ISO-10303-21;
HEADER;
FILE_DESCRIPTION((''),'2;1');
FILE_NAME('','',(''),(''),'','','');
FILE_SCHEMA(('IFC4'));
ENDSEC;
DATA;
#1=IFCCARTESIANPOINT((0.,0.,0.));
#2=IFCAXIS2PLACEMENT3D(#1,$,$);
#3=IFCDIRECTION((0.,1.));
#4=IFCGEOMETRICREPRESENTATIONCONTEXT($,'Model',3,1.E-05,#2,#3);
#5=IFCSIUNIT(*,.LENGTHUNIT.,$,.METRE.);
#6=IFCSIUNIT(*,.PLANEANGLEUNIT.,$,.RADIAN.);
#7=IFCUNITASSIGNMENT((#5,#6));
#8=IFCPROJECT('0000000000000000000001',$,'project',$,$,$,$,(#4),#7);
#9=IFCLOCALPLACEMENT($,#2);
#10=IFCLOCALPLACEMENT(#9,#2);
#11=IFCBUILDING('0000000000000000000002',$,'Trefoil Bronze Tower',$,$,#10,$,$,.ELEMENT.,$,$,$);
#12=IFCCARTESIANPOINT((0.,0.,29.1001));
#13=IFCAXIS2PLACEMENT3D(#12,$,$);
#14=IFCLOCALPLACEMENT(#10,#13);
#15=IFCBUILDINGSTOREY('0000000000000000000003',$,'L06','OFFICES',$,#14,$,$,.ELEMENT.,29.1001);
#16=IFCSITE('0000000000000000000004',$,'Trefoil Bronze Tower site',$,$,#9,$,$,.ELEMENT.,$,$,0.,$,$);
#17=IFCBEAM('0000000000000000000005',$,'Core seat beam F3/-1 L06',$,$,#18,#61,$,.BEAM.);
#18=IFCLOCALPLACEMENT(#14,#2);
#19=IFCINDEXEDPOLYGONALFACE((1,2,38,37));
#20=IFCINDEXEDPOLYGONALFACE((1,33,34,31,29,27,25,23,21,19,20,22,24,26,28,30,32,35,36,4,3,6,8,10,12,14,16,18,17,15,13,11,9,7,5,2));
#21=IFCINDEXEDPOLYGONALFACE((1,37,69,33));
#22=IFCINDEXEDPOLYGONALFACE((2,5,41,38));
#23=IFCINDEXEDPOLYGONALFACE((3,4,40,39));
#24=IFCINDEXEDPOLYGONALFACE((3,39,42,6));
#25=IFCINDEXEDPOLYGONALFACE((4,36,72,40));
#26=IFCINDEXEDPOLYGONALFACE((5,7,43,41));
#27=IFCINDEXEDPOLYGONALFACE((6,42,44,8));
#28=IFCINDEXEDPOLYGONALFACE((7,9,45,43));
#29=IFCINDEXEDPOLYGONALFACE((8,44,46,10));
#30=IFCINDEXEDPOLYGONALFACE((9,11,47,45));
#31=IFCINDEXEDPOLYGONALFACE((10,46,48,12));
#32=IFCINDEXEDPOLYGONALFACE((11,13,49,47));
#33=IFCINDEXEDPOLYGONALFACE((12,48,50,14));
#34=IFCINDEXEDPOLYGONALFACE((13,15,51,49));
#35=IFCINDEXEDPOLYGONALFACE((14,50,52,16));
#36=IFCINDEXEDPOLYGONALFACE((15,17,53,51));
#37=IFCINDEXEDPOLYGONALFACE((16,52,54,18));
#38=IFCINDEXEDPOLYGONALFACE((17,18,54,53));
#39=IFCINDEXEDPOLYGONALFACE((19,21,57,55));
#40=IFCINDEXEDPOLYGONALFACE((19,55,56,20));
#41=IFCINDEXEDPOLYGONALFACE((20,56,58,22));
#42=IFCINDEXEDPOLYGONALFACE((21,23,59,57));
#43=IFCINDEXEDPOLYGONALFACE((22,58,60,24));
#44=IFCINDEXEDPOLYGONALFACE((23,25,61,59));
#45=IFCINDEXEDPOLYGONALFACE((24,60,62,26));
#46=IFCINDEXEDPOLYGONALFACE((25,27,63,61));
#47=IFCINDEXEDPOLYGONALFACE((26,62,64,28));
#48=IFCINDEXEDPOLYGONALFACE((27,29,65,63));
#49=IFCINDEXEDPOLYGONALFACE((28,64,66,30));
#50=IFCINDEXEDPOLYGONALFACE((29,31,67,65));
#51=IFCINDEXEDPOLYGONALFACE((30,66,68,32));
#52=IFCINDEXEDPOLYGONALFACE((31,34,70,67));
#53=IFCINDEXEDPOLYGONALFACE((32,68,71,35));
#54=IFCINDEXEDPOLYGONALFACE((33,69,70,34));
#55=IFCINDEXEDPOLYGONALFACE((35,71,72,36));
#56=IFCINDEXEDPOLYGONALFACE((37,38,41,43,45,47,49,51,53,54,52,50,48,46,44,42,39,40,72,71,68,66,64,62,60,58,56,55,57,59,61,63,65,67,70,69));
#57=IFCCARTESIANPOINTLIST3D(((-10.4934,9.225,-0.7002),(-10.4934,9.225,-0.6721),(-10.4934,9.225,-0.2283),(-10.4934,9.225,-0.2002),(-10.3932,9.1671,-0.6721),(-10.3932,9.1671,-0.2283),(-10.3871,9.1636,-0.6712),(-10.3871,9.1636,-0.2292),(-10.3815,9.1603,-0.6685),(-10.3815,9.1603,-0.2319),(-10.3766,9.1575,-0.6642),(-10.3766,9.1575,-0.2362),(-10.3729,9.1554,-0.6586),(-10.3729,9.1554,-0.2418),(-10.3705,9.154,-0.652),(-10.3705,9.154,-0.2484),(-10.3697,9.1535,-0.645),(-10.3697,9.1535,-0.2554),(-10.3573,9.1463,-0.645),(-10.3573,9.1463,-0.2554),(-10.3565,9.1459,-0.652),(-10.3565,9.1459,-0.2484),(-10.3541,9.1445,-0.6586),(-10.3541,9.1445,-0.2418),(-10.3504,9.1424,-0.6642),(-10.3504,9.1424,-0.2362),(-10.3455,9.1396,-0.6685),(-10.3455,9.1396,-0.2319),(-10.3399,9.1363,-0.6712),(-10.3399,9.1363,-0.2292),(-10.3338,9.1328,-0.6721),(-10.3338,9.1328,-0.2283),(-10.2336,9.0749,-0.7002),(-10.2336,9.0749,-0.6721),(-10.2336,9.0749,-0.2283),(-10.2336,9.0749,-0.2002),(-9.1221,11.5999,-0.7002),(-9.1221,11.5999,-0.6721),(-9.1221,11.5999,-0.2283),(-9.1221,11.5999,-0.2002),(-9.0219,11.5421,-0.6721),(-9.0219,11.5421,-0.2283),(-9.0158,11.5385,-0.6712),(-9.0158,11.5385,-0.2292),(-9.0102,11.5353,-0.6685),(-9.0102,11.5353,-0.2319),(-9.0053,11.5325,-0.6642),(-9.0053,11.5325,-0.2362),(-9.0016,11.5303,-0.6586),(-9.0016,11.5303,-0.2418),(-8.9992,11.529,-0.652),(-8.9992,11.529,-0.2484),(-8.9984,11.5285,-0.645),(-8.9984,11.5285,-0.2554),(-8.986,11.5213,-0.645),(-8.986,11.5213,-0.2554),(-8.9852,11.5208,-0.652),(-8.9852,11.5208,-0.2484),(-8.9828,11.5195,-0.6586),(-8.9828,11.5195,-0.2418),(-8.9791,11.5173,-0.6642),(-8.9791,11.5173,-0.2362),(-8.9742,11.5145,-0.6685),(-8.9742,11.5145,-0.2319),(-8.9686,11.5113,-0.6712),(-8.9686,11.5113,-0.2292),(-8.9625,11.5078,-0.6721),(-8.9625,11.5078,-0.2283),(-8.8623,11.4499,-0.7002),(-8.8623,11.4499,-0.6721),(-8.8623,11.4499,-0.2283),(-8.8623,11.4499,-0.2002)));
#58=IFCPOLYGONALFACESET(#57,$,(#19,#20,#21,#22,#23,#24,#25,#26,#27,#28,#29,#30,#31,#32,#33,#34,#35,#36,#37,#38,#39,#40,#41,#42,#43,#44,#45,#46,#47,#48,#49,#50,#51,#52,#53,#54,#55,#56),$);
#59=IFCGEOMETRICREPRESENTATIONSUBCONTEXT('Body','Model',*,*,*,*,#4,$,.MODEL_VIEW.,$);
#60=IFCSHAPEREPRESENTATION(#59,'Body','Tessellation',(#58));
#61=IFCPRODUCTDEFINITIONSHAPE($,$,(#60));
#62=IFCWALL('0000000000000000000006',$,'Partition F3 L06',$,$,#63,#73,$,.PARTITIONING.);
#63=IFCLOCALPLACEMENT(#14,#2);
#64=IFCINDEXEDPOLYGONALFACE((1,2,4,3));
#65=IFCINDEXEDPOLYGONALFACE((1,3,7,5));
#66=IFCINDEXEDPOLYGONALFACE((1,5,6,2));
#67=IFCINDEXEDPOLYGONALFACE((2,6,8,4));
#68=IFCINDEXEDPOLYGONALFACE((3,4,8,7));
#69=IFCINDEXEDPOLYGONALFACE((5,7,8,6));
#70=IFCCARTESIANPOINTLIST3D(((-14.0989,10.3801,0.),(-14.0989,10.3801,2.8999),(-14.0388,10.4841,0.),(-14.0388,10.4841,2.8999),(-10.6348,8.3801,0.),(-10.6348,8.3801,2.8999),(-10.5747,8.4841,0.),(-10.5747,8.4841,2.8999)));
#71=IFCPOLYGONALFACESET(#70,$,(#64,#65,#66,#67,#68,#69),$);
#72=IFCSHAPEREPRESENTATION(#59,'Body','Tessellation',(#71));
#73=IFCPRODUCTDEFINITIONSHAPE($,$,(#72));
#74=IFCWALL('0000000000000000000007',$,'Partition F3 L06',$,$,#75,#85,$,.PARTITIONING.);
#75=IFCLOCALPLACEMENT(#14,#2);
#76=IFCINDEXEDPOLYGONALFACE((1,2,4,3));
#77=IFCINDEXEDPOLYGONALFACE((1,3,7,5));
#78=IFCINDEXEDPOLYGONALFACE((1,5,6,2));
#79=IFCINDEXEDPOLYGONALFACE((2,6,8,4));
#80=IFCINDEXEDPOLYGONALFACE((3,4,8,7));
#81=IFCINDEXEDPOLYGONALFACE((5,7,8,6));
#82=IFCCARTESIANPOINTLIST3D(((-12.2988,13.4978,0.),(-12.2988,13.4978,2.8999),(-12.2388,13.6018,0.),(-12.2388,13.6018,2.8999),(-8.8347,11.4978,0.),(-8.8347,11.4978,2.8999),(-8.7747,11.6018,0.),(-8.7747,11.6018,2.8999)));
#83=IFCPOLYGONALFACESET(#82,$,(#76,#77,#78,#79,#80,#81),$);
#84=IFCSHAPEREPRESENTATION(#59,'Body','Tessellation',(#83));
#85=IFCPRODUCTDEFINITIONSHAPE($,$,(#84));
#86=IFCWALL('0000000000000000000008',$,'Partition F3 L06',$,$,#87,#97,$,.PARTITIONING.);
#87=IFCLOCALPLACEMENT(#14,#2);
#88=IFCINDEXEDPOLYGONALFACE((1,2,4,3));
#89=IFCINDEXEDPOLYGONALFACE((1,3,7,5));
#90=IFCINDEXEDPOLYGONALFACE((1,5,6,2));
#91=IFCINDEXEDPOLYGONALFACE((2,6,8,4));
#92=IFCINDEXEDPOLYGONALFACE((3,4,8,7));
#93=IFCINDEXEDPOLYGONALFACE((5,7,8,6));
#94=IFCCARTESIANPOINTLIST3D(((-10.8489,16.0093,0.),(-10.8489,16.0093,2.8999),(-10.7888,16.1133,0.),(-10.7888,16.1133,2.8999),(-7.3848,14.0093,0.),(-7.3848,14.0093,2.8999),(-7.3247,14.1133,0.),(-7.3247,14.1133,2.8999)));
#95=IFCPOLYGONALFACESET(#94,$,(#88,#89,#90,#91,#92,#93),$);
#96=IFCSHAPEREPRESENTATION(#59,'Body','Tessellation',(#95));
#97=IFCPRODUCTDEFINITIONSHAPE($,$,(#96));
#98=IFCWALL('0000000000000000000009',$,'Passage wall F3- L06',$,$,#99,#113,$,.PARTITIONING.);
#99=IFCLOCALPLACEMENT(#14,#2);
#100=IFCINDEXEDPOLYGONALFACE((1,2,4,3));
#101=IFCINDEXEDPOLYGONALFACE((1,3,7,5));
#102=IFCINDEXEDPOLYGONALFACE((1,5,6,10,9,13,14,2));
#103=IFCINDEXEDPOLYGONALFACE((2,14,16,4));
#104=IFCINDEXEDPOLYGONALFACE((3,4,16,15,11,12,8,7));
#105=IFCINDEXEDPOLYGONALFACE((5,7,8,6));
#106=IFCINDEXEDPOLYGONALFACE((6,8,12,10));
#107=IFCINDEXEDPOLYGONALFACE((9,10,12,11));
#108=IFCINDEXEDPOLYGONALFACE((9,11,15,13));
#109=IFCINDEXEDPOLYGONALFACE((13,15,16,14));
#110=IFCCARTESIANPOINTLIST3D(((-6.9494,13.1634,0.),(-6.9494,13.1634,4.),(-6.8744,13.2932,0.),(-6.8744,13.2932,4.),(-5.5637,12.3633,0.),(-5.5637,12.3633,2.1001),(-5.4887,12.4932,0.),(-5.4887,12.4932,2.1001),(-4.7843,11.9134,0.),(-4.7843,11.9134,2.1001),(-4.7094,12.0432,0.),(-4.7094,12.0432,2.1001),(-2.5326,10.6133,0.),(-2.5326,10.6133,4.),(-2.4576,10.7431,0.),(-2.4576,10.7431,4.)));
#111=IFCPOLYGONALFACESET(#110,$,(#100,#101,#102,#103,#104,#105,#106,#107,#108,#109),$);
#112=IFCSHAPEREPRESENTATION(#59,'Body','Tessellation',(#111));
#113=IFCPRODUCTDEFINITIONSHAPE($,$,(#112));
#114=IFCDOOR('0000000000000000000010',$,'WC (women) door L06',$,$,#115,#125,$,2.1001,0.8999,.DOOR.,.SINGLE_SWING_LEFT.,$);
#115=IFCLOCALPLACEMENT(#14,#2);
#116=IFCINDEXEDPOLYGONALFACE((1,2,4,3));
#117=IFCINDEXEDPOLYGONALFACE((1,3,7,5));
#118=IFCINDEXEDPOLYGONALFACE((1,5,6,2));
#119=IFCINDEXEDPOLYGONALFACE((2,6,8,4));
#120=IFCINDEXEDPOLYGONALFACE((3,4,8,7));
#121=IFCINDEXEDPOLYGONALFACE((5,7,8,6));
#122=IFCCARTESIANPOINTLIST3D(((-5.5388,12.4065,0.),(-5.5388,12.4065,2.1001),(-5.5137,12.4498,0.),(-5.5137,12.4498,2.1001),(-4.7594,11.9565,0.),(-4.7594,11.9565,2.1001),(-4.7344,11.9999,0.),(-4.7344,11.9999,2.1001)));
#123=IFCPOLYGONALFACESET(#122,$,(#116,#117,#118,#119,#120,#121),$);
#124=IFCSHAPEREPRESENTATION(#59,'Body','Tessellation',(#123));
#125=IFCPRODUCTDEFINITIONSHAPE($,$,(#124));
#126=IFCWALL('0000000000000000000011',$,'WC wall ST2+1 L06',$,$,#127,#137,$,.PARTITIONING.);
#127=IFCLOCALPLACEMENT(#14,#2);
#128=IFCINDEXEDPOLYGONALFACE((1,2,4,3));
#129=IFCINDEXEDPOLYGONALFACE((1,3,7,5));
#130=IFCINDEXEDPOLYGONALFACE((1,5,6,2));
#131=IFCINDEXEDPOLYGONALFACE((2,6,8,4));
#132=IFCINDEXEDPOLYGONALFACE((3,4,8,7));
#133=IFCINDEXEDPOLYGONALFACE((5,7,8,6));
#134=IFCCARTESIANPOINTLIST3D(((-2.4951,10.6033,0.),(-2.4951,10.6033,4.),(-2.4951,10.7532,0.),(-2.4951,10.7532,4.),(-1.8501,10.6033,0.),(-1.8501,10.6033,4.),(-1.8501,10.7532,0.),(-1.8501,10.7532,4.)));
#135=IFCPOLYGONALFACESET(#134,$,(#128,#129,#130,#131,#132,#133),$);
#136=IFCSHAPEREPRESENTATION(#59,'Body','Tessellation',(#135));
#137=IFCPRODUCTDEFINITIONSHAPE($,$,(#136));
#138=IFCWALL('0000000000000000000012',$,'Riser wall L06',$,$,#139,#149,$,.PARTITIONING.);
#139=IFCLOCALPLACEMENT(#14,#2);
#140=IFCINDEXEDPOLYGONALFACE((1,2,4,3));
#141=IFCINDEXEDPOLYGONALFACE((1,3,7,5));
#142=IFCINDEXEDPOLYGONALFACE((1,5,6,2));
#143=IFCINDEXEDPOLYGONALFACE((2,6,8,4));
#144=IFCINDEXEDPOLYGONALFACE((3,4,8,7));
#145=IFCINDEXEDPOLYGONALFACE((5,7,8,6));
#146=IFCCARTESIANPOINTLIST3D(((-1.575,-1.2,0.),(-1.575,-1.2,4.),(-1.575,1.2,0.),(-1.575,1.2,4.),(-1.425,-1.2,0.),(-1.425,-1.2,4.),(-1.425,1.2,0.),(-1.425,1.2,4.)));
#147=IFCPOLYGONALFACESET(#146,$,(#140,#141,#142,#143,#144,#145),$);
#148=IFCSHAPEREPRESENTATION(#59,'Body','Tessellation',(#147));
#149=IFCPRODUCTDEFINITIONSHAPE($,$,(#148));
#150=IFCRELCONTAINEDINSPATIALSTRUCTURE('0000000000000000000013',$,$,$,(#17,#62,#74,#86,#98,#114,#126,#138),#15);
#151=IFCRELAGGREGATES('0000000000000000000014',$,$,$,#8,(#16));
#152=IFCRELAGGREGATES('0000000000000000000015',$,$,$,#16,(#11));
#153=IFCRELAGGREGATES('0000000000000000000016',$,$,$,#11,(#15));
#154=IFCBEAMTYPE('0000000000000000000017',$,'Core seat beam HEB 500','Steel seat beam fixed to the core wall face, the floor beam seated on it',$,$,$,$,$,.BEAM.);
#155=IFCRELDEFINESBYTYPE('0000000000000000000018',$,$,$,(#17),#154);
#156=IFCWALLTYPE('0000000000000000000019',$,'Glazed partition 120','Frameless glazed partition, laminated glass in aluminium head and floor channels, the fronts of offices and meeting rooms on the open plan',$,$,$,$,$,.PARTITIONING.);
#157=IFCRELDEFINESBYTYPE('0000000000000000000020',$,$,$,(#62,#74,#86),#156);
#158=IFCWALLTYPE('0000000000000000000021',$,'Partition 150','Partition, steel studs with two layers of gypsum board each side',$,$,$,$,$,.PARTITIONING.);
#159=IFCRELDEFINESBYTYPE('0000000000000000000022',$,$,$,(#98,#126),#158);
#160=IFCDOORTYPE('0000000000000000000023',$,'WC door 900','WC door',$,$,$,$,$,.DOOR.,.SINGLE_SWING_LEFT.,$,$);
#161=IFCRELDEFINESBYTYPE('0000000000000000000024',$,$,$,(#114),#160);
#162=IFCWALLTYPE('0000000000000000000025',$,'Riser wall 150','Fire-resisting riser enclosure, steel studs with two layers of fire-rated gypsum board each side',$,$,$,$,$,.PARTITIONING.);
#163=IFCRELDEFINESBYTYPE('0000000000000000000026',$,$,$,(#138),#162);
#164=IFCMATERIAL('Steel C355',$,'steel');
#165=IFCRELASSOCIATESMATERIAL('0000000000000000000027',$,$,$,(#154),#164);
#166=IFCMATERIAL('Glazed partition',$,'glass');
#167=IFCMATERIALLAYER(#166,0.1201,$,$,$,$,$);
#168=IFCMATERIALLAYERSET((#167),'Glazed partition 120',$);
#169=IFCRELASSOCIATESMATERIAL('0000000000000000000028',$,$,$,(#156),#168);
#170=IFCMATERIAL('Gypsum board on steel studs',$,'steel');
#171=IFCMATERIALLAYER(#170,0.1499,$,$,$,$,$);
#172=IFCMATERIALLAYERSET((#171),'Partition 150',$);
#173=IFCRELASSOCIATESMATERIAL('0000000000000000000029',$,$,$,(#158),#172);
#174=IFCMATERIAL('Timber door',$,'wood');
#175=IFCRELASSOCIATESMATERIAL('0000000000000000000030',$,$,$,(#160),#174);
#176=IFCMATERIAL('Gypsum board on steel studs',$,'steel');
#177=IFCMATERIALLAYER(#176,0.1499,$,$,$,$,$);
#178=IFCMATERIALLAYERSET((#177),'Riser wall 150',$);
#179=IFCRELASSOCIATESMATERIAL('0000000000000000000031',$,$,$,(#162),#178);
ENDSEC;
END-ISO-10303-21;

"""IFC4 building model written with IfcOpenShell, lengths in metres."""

from ifc_helpers import new_model, si_unit, direction, frame, frame_2d, origin, origin_2d, place, context, subcontext, project, spatial, rectangle, i_section, extrude, material, layer, layer_set, material_profile, profile_set, type_object, element, fill, save


model = new_model("IFC4")

# Units and contexts
model_context = context("Model", 3, precision=1e-05, world=origin(), true_north=direction((0.0, 1.0)))
body_context = subcontext(model_context, "Body", "Model", "MODEL_VIEW")
ifc_project = project(units=[si_unit("LENGTHUNIT", "METRE"), si_unit("PLANEANGLEUNIT", "RADIAN")], contexts=[model_context])

# Site, building, storey
site_placement = place(None, origin())
site = spatial("IfcSite", under=ifc_project, at=site_placement, Name="Trefoil Bronze Tower site", CompositionType="ELEMENT", RefElevation=0.0)
building_placement = place(site_placement, origin())
building = spatial("IfcBuilding", under=site, at=building_placement, Name="Trefoil Bronze Tower", CompositionType="ELEMENT")
storey_placement = place(building_placement, frame((0.0, 0.0, 29.1001)))
storey = spatial("IfcBuildingStorey", under=building, at=storey_placement, Name="L06", Description="OFFICES", CompositionType="ELEMENT", Elevation=29.1001)

# Beam
ifc_material_1 = material(Name="Steel C355", Category="steel")
ifc_material_profile = material_profile(ifc_material_1, i_section(OverallWidth=0.3, OverallDepth=0.5, WebThickness=0.0144, FlangeThickness=0.0281, FilletRadius=0.0271, at=origin_2d()), Name="HEB 500")
ifc_profile_set = profile_set([ifc_material_profile], Name="Steel C355")
beam_type = type_object("IfcBeamType", Name="Core seat beam HEB 500", Description="Steel seat beam fixed to the core wall face, the floor beam seated on it", PredefinedType="BEAM", material=ifc_profile_set)
beam_placement = place(storey_placement, frame((-8.9922, 11.5249, -0.4502), z_axis=(-0.500036, -0.866005, 0.0), x_axis=(0.866005, -0.500036, 0.0)))
element("IfcBeam", 1, at=beam_placement, inside=storey, type_object=beam_type, Name="Core seat beam F3/-1 L06", PredefinedType="BEAM", context=body_context, shape_type="SweptSolid", body=[
    extrude(i_section(OverallWidth=0.3, OverallDepth=0.5, WebThickness=0.0144, FlangeThickness=0.0281, FilletRadius=0.0271, at=origin_2d()), origin(), (0.0, 0.0, 1.0), 2.7424),
])

# Walls
ifc_material_2 = material(Name="Glazed partition", Category="glass")
ifc_layer_1 = layer(ifc_material_2, 0.1201)
ifc_layer_set_1 = layer_set([ifc_layer_1], Name="Glazed partition 120")
wall_type_1 = type_object("IfcWallType", Name="Glazed partition 120", Description="Frameless glazed partition, laminated glass in aluminium head and floor channels, the fronts of offices and meeting rooms on the open plan", PredefinedType="PARTITIONING", material=ifc_layer_set_1)
for number, where, z_axis, x_axis, name in (
    (2, (-10.6047, 8.4321, 0.0), (0.0, 0.0, 1.0), (-0.866026, 0.499999, 0.0), "Partition F3 L06"),
    (3, (-8.8047, 11.5498, 0.0), (0.0, 0.0, 1.0), (-0.866026, 0.499999, 0.0), "Partition F3 L06"),
    (4, (-7.3547, 14.0613, 0.0), (0.0, 0.0, 1.0), (-0.866026, 0.499999, 0.0), "Partition F3 L06"),
):
    element("IfcWall", number, at=place(storey_placement, frame(where, z_axis=z_axis, x_axis=x_axis)), inside=storey, type_object=wall_type_1, Name=name, PredefinedType="PARTITIONING", context=body_context, shape_type="SweptSolid", body=[
        extrude(rectangle(XDim=4.0, YDim=0.1201, at=frame_2d((2.0, 0.0))), origin(), (0.0, 0.0, 1.0), 2.8999),
    ])

# Wall, opening, door
ifc_material_3 = material(Name="Gypsum board on steel studs", Category="steel")
ifc_layer_2 = layer(ifc_material_3, 0.1499)
ifc_layer_set_2 = layer_set([ifc_layer_2], Name="Partition 150")
wall_type_2 = type_object("IfcWallType", Name="Partition 150", Description="Partition, steel studs with two layers of gypsum board each side", PredefinedType="PARTITIONING", material=ifc_layer_set_2)
wall_1_placement = place(storey_placement, frame((-2.4951, 10.6782, 0.0), z_axis=(0.0, 0.0, 1.0), x_axis=(-0.866022, 0.500006, 0.0)))
wall_1 = element("IfcWall", 5, at=wall_1_placement, inside=storey, type_object=wall_type_2, Name="Passage wall F3- L06", PredefinedType="PARTITIONING", context=body_context, shape_type="SweptSolid", body=[
    extrude(rectangle(XDim=5.1001, YDim=0.1499, at=frame_2d((2.55, 0.0))), origin(), (0.0, 0.0, 1.0), 4.0),
])
opening_1_placement = place(wall_1_placement, frame((2.6001, 0.0, 0.0)))
opening_1 = element("IfcOpeningElement", 6, at=opening_1_placement, cuts=wall_1, PredefinedType="OPENING", context=body_context, shape_type="SweptSolid", body=[
    extrude(rectangle(XDim=0.8999, YDim=2.1001, at=frame_2d((0.45, 1.05))), frame((0.0, 0.085, 0.0), z_axis=(0.0, -1.0, 0.0), x_axis=(1.0, 0.0, 0.0)), (0.0, 0.0, 1.0), 0.1699),
])
ifc_material_4 = material(Name="Timber door", Category="wood")
door_type_1 = type_object("IfcDoorType", Name="WC door 900", Description="WC door", OperationType="SINGLE_SWING_LEFT", PredefinedType="DOOR", material=ifc_material_4)
door_1_placement = place(opening_1_placement, frame((0.8999, 0.0, 0.0), z_axis=(0.0, 0.0, 1.0), x_axis=(-1.0, 0.0, 0.0)))
door_1 = element("IfcDoor", 7, at=door_1_placement, inside=storey, type_object=door_type_1, Name="WC (women) door L06", OperationType="SINGLE_SWING_LEFT", OverallHeight=2.1001, OverallWidth=0.8999, PredefinedType="DOOR", context=body_context, shape_type="SweptSolid", body=[
    extrude(rectangle(XDim=0.8999, YDim=2.1001, at=frame_2d((0.45, 1.05))), frame((0.0, 0.0249, 0.0), z_axis=(0.0, -1.0, 0.0), x_axis=(1.0, 0.0, 0.0)), (0.0, 0.0, 1.0), 0.05),
])
fill(opening_1, door_1)

# Walls
wall_2_placement = place(storey_placement, frame((-2.4951, 10.6782, 0.0), z_axis=(0.0, 0.0, 1.0), x_axis=(1.0, 0.0, 0.0)))
element("IfcWall", 8, at=wall_2_placement, inside=storey, type_object=wall_type_2, Name="WC wall ST2+1 L06", PredefinedType="PARTITIONING", context=body_context, shape_type="SweptSolid", body=[
    extrude(rectangle(XDim=0.645, YDim=0.1499, at=frame_2d((0.3225, 0.0))), origin(), (0.0, 0.0, 1.0), 4.0),
])
ifc_material_5 = material(Name="Gypsum board on steel studs", Category="steel")
ifc_layer_3 = layer(ifc_material_5, 0.1499)
ifc_layer_set_3 = layer_set([ifc_layer_3], Name="Riser wall 150")
wall_type_3 = type_object("IfcWallType", Name="Riser wall 150", Description="Fire-resisting riser enclosure, steel studs with two layers of fire-rated gypsum board each side", PredefinedType="PARTITIONING", material=ifc_layer_set_3)
wall_3_placement = place(storey_placement, frame((-1.5, 1.2, 0.0), z_axis=(0.0, 0.0, 1.0), x_axis=(0.0, -1.0, 0.0)))
element("IfcWall", 9, at=wall_3_placement, inside=storey, type_object=wall_type_3, Name="Riser wall L06", PredefinedType="PARTITIONING", context=body_context, shape_type="SweptSolid", body=[
    extrude(rectangle(XDim=2.3999, YDim=0.1499, at=frame_2d((1.2, 0.0))), origin(), (0.0, 0.0, 1.0), 4.0),
])

save(model, "model.ifc")
